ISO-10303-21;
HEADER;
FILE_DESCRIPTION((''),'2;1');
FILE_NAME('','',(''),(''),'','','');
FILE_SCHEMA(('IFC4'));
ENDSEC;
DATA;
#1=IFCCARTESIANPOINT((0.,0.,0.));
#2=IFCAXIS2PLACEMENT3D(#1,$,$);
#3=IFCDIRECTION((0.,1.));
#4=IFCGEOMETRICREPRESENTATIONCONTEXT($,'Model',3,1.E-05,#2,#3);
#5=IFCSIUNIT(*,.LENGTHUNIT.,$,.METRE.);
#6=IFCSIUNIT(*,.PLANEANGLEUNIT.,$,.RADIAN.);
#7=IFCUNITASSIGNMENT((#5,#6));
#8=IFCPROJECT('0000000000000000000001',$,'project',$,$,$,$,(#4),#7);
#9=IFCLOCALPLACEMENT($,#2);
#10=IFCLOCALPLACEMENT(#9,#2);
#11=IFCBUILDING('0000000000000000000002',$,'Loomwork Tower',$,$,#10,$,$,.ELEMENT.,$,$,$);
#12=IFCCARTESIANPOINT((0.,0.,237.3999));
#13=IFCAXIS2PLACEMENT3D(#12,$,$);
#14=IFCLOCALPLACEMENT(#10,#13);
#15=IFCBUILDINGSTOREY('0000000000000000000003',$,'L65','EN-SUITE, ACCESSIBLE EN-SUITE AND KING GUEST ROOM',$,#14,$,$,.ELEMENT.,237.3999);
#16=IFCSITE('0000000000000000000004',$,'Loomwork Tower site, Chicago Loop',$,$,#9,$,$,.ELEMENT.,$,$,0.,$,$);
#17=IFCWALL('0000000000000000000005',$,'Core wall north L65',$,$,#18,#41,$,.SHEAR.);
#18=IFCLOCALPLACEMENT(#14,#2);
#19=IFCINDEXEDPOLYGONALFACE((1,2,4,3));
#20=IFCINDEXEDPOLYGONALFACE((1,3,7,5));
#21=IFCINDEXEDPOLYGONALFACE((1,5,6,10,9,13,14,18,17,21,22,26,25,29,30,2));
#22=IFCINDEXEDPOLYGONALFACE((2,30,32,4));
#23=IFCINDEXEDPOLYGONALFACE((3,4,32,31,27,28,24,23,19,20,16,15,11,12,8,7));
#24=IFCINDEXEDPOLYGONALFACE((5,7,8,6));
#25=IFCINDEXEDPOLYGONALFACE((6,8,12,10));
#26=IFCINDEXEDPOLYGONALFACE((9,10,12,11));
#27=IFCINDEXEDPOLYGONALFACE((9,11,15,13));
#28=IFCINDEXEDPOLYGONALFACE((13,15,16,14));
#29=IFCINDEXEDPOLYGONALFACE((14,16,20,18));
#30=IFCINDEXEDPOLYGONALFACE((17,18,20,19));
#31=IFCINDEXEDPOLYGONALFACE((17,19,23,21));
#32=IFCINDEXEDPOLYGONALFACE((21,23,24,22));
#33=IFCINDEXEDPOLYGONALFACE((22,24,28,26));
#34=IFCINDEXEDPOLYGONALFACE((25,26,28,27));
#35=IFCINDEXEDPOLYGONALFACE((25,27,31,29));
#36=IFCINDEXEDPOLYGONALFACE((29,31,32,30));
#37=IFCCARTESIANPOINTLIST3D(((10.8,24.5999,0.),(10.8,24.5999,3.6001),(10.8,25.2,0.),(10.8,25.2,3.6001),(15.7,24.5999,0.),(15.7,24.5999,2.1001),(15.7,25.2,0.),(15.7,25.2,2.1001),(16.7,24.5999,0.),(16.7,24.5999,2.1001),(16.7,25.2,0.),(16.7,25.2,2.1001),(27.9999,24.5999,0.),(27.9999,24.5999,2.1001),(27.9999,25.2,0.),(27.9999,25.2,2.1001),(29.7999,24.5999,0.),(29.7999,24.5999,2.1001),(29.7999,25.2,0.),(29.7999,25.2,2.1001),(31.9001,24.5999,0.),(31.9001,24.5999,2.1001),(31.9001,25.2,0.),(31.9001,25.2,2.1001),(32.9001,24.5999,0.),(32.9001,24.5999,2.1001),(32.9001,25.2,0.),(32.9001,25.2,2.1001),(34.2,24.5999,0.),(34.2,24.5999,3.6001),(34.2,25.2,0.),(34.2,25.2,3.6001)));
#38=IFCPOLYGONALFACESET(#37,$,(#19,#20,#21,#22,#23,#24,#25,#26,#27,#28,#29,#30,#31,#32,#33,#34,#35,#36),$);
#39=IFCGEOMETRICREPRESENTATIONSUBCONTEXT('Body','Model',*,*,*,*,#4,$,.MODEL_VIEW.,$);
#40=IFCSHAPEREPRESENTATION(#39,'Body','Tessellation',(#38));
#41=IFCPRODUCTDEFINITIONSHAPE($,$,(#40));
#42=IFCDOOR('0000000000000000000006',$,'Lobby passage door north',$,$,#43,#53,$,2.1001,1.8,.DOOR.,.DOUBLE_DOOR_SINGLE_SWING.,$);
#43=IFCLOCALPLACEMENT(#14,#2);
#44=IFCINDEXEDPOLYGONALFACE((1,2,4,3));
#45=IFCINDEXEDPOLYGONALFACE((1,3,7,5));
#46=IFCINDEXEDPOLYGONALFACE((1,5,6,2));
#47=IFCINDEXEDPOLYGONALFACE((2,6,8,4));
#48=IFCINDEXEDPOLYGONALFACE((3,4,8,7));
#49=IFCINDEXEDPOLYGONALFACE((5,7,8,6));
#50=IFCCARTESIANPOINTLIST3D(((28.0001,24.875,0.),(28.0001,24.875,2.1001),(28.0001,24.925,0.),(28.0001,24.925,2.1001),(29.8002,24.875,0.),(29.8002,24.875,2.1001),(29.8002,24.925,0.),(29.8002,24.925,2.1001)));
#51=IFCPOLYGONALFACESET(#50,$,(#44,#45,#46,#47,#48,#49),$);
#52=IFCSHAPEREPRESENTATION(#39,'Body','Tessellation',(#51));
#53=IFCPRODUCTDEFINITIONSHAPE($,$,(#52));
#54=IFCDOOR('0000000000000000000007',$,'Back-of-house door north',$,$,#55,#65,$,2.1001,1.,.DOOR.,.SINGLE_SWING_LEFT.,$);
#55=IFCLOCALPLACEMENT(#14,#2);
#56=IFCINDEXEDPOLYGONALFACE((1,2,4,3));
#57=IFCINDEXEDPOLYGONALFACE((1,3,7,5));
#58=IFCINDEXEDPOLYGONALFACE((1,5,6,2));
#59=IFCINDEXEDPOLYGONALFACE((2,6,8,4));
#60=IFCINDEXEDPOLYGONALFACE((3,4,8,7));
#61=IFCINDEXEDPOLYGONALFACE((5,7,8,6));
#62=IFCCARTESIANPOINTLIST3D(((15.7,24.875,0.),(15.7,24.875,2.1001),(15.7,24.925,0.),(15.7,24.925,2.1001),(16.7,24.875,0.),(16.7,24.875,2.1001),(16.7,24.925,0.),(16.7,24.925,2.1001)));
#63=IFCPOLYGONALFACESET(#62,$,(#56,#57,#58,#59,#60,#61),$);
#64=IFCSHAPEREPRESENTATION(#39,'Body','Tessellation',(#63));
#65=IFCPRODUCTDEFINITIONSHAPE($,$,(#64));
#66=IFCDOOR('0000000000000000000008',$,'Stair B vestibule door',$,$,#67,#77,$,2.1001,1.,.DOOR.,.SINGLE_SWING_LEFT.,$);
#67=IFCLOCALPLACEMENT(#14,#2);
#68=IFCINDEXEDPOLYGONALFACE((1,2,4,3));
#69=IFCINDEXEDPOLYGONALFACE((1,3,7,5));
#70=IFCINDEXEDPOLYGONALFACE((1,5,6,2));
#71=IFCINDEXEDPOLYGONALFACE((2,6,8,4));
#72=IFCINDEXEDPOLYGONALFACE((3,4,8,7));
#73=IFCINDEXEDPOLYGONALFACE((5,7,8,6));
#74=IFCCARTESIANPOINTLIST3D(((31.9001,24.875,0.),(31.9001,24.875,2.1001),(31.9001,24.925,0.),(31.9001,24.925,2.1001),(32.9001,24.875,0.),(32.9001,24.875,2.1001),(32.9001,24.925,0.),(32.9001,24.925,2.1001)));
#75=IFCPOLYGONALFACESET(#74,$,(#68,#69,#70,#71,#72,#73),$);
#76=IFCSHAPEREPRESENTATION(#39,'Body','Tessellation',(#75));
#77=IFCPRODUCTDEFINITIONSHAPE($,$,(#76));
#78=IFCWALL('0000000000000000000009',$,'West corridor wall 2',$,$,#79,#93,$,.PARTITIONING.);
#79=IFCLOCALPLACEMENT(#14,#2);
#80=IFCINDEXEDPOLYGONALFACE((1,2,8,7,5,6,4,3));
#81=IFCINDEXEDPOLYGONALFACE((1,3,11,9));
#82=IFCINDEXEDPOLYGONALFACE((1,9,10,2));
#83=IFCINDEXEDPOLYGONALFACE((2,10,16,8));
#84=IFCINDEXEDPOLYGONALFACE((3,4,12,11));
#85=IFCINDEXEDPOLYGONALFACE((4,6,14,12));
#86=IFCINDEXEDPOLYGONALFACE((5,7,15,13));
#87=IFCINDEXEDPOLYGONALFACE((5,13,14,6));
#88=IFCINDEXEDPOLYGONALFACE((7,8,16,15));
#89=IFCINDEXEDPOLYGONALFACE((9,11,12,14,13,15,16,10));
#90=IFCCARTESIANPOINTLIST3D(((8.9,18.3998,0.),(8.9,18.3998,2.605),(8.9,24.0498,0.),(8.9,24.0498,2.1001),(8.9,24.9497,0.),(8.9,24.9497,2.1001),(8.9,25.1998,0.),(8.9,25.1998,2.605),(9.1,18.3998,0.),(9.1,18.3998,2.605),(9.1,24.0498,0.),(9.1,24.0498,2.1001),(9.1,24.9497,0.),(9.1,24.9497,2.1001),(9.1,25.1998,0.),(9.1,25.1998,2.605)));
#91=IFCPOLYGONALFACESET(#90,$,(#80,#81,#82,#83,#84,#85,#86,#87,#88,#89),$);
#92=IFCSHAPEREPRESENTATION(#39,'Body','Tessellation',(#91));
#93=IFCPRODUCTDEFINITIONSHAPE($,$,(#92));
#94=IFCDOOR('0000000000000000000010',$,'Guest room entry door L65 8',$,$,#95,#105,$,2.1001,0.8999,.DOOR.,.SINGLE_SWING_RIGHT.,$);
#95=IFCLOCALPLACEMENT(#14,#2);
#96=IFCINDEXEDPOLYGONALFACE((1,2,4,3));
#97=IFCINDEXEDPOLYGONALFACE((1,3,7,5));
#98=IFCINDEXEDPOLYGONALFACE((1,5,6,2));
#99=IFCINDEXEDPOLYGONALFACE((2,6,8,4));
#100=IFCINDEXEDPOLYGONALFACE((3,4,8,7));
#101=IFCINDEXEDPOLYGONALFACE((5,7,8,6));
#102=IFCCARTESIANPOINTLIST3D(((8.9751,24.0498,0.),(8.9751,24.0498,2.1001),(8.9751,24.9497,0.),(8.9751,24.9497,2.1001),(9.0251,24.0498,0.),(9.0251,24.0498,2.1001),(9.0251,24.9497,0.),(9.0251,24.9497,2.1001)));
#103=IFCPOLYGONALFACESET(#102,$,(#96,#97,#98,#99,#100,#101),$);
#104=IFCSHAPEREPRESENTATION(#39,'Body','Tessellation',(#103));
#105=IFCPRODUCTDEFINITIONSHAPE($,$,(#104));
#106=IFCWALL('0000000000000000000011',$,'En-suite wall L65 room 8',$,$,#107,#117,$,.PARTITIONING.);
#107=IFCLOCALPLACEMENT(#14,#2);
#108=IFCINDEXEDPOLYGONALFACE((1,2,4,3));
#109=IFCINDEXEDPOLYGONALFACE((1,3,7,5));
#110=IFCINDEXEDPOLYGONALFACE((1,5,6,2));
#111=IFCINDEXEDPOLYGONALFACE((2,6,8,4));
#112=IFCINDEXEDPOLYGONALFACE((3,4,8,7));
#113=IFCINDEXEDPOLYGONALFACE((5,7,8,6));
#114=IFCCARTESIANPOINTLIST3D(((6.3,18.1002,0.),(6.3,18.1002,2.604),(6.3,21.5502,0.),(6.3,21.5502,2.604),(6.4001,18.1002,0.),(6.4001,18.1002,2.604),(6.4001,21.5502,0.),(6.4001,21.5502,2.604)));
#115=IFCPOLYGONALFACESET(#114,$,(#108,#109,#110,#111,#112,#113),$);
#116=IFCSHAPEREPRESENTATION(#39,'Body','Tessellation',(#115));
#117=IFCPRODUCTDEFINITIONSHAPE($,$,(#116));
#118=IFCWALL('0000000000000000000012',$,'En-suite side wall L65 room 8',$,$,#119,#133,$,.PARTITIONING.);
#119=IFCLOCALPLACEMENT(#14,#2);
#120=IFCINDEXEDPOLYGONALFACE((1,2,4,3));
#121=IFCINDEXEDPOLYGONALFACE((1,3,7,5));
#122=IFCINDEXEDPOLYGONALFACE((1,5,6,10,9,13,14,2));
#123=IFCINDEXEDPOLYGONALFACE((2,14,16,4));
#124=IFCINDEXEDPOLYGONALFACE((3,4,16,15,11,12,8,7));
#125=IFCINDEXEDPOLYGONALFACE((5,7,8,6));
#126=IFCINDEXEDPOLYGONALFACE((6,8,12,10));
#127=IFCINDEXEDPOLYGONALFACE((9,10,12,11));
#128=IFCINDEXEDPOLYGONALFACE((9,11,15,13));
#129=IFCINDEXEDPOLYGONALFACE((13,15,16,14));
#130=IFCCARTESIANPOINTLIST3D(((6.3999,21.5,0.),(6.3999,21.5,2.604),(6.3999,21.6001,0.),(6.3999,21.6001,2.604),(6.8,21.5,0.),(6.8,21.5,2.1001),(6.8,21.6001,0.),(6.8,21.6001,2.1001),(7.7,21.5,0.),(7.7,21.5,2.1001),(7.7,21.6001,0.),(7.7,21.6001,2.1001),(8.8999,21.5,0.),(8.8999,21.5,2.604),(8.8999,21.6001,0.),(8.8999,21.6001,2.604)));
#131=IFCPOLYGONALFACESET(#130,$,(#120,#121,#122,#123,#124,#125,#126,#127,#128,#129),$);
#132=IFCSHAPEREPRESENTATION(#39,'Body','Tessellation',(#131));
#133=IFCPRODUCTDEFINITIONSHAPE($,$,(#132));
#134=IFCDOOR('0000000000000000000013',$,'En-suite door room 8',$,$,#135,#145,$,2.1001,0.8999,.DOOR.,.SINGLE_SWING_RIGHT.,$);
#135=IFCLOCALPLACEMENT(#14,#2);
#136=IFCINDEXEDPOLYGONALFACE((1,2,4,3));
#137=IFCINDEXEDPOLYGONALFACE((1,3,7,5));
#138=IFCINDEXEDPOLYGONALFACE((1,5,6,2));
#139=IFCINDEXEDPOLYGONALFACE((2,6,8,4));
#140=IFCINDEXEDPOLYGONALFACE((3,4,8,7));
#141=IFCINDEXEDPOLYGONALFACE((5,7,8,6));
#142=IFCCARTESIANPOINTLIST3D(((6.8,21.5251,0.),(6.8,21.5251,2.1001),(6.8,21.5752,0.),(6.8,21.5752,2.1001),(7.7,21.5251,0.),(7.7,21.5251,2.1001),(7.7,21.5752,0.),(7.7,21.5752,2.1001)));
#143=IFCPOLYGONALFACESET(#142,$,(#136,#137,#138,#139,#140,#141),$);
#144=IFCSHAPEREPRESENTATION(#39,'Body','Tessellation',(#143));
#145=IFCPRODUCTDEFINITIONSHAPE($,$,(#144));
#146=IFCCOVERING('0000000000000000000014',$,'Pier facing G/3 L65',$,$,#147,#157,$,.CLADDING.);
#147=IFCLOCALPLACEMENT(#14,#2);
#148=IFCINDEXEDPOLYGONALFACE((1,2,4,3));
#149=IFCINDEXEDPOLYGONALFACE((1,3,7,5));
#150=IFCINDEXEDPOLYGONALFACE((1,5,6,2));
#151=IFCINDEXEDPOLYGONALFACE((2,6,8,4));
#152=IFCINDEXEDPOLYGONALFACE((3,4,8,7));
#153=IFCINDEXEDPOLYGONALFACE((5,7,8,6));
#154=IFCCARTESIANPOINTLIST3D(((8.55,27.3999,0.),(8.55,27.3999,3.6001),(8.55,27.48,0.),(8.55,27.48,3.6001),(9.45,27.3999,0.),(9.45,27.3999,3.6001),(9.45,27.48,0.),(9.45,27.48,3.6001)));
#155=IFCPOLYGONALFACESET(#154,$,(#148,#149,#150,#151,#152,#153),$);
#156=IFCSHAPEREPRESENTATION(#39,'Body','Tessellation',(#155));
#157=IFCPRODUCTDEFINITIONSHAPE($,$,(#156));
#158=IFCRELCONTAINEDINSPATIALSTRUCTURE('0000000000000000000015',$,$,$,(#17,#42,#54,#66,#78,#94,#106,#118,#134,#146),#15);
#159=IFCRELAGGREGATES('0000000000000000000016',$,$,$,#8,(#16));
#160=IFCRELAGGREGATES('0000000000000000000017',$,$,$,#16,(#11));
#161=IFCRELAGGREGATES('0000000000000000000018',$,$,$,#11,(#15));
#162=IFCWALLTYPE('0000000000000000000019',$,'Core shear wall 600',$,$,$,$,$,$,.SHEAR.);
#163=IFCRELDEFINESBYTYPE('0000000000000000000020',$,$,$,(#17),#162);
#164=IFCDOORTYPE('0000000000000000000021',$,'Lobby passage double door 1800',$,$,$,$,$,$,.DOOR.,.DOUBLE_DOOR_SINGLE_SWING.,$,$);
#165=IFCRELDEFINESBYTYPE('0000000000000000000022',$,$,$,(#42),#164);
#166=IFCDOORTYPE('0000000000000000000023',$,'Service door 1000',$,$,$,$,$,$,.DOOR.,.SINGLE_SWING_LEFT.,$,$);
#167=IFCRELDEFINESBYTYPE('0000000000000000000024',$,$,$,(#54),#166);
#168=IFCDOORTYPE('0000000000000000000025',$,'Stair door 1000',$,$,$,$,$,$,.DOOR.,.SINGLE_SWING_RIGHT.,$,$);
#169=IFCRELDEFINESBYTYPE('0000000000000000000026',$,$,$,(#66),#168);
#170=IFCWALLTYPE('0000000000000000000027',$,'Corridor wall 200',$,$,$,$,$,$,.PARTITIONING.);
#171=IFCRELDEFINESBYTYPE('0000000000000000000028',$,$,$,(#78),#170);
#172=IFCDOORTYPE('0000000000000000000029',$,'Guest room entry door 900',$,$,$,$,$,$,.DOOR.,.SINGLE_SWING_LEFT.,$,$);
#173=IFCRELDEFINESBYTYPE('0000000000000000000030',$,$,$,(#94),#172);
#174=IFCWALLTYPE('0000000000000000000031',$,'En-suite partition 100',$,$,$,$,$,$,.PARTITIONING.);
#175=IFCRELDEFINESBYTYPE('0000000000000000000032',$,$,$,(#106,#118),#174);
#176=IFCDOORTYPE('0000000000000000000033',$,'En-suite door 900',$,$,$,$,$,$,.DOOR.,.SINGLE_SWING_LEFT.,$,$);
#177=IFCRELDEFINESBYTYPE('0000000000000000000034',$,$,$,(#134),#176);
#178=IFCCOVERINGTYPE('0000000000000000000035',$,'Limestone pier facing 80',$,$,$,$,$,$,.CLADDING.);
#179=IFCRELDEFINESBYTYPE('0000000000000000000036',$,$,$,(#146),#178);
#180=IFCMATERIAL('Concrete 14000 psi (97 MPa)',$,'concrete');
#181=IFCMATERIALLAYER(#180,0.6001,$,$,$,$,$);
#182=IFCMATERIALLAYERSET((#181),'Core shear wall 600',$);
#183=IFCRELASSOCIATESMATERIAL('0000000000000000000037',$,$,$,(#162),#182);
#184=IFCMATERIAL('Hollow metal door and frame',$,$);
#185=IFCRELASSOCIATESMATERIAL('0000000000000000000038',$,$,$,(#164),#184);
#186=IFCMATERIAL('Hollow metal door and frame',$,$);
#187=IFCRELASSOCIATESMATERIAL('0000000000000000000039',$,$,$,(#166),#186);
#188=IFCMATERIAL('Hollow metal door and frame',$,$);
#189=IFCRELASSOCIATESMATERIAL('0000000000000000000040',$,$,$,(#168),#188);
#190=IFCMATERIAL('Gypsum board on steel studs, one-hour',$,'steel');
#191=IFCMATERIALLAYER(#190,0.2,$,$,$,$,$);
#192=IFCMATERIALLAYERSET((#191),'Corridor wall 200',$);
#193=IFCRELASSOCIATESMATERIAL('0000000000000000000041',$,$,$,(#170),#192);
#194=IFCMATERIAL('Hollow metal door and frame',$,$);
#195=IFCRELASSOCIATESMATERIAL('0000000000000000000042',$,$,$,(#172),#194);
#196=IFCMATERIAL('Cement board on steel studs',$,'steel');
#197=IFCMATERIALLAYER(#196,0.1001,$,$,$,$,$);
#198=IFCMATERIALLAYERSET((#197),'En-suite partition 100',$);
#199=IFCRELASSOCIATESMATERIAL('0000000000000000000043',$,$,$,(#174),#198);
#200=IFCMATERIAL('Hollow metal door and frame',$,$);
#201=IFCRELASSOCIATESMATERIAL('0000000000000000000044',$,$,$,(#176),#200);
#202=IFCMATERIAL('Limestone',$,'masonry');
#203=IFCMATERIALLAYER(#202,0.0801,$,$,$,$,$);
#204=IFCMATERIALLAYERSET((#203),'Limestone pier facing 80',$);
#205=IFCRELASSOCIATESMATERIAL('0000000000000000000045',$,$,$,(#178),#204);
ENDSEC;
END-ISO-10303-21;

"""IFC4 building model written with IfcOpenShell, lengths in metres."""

from ifc_helpers import new_model, si_unit, direction, frame, frame_2d, origin, origin_2d, place, context, subcontext, project, spatial, rectangle, extrude, material, layer, layer_set, type_object, element, fill, save


model = new_model("IFC4")

# Units and contexts
model_context = context("Model", 3, precision=1e-05, world=origin(), true_north=direction((0.0, 1.0)))
body_context = subcontext(model_context, "Body", "Model", "MODEL_VIEW")
ifc_project = project(units=[si_unit("LENGTHUNIT", "METRE"), si_unit("PLANEANGLEUNIT", "RADIAN")], contexts=[model_context])

# Site, building, storey
site_placement = place(None, origin())
site = spatial("IfcSite", under=ifc_project, at=site_placement, Name="Loomwork Tower site, Chicago Loop", CompositionType="ELEMENT", RefElevation=0.0)
building_placement = place(site_placement, origin())
building = spatial("IfcBuilding", under=site, at=building_placement, Name="Loomwork Tower", CompositionType="ELEMENT")
storey_placement = place(building_placement, frame((0.0, 0.0, 237.3999)))
storey = spatial("IfcBuildingStorey", under=building, at=storey_placement, Name="L65", Description="EN-SUITE, ACCESSIBLE EN-SUITE AND KING GUEST ROOM", CompositionType="ELEMENT", Elevation=237.3999)

# Wall, openings, doors
ifc_material_1 = material(Name="Concrete 14000 psi (97 MPa)", Category="concrete")
ifc_layer_1 = layer(ifc_material_1, 0.6001)
ifc_layer_set_1 = layer_set([ifc_layer_1], Name="Core shear wall 600")
wall_type_1 = type_object("IfcWallType", Name="Core shear wall 600", PredefinedType="SHEAR", material=ifc_layer_set_1)
wall_1_placement = place(storey_placement, frame((10.8, 24.8999, 0.0), z_axis=(0.0, 0.0, 1.0), x_axis=(1.0, 0.0, 0.0)))
wall_1 = element("IfcWall", 1, at=wall_1_placement, inside=storey, type_object=wall_type_1, Name="Core wall north L65", PredefinedType="SHEAR", context=body_context, shape_type="SweptSolid", body=[
    extrude(rectangle(XDim=23.3999, YDim=0.6001, at=frame_2d((11.7, 0.0))), origin(), (0.0, 0.0, 1.0), 3.6001),
])
opening_1_placement = place(wall_1_placement, frame((17.2, 0.0, 0.0)))
opening_1 = element("IfcOpeningElement", 2, at=opening_1_placement, cuts=wall_1, PredefinedType="OPENING", context=body_context, shape_type="SweptSolid", body=[
    extrude(rectangle(XDim=1.8, YDim=2.1001, at=frame_2d((0.8999, 1.05))), frame((0.0, 0.3101, 0.0), z_axis=(0.0, -1.0, 0.0), x_axis=(1.0, 0.0, 0.0)), (0.0, 0.0, 1.0), 0.6201),
])
opening_2_placement = place(wall_1_placement, frame((21.1001, 0.0, 0.0)))
opening_2 = element("IfcOpeningElement", 3, at=opening_2_placement, cuts=wall_1, PredefinedType="OPENING", context=body_context, shape_type="SweptSolid", body=[
    extrude(rectangle(XDim=1.0, YDim=2.1001, at=frame_2d((0.5, 1.05))), frame((0.0, 0.3101, 0.0), z_axis=(0.0, -1.0, 0.0), x_axis=(1.0, 0.0, 0.0)), (0.0, 0.0, 1.0), 0.6201),
])
opening_3_placement = place(wall_1_placement, frame((4.8999, 0.0, 0.0)))
opening_3 = element("IfcOpeningElement", 4, at=opening_3_placement, cuts=wall_1, PredefinedType="OPENING", context=body_context, shape_type="SweptSolid", body=[
    extrude(rectangle(XDim=1.0, YDim=2.1001, at=frame_2d((0.5, 1.05))), frame((0.0, 0.3101, 0.0), z_axis=(0.0, -1.0, 0.0), x_axis=(1.0, 0.0, 0.0)), (0.0, 0.0, 1.0), 0.6201),
])
ifc_material_2 = material(Name="Hollow metal door and frame")
door_type_1 = type_object("IfcDoorType", Name="Lobby passage double door 1800", OperationType="DOUBLE_DOOR_SINGLE_SWING", PredefinedType="DOOR", material=ifc_material_2)
door_1_placement = place(opening_1_placement, frame((1.8, 0.0, 0.0), z_axis=(0.0, 0.0, 1.0), x_axis=(-1.0, 0.0, 0.0)))
door_1 = element("IfcDoor", 5, at=door_1_placement, inside=storey, type_object=door_type_1, Name="Lobby passage door north", OperationType="DOUBLE_DOOR_SINGLE_SWING", OverallHeight=2.1001, OverallWidth=1.8, PredefinedType="DOOR", context=body_context, shape_type="SweptSolid", body=[
    extrude(rectangle(XDim=1.8, YDim=2.1001, at=frame_2d((0.8999, 1.05))), frame((0.0, 0.0249, 0.0), z_axis=(0.0, -1.0, 0.0), x_axis=(1.0, 0.0, 0.0)), (0.0, 0.0, 1.0), 0.05),
])
fill(opening_1, door_1)
ifc_material_3 = material(Name="Hollow metal door and frame")
door_type_2 = type_object("IfcDoorType", Name="Service door 1000", OperationType="SINGLE_SWING_LEFT", PredefinedType="DOOR", material=ifc_material_3)
door_2_placement = place(opening_3_placement, frame((1.0, 0.0, 0.0), z_axis=(0.0, 0.0, 1.0), x_axis=(-1.0, 0.0, 0.0)))
door_2 = element("IfcDoor", 6, at=door_2_placement, inside=storey, type_object=door_type_2, Name="Back-of-house door north", OperationType="SINGLE_SWING_LEFT", OverallHeight=2.1001, OverallWidth=1.0, PredefinedType="DOOR", context=body_context, shape_type="SweptSolid", body=[
    extrude(rectangle(XDim=1.0, YDim=2.1001, at=frame_2d((0.5, 1.05))), frame((0.0, 0.0249, 0.0), z_axis=(0.0, -1.0, 0.0), x_axis=(1.0, 0.0, 0.0)), (0.0, 0.0, 1.0), 0.05),
])
fill(opening_3, door_2)
ifc_material_4 = material(Name="Hollow metal door and frame")
door_type_3 = type_object("IfcDoorType", Name="Stair door 1000", OperationType="SINGLE_SWING_RIGHT", PredefinedType="DOOR", material=ifc_material_4)
door_3_placement = place(opening_2_placement, frame((1.0, 0.0, 0.0), z_axis=(0.0, 0.0, 1.0), x_axis=(-1.0, 0.0, 0.0)))
door_3 = element("IfcDoor", 7, at=door_3_placement, inside=storey, type_object=door_type_3, Name="Stair B vestibule door", OperationType="SINGLE_SWING_LEFT", OverallHeight=2.1001, OverallWidth=1.0, PredefinedType="DOOR", context=body_context, shape_type="SweptSolid", body=[
    extrude(rectangle(XDim=1.0, YDim=2.1001, at=frame_2d((0.5, 1.05))), frame((0.0, 0.0249, 0.0), z_axis=(0.0, -1.0, 0.0), x_axis=(1.0, 0.0, 0.0)), (0.0, 0.0, 1.0), 0.05),
])
fill(opening_2, door_3)

# Wall, opening, door
ifc_material_5 = material(Name="Gypsum board on steel studs, one-hour", Category="steel")
ifc_layer_2 = layer(ifc_material_5, 0.2)
ifc_layer_set_2 = layer_set([ifc_layer_2], Name="Corridor wall 200")
wall_type_2 = type_object("IfcWallType", Name="Corridor wall 200", PredefinedType="PARTITIONING", material=ifc_layer_set_2)
wall_2_placement = place(storey_placement, frame((9.0, 18.3999, 0.0), z_axis=(0.0, 0.0, 1.0), x_axis=(0.0, 1.0, 0.0)))
wall_2 = element("IfcWall", 8, at=wall_2_placement, inside=storey, type_object=wall_type_2, Name="West corridor wall 2", PredefinedType="PARTITIONING", context=body_context, shape_type="SweptSolid", body=[
    extrude(rectangle(XDim=6.8, YDim=0.2, at=frame_2d((3.3999, 0.0))), origin(), (0.0, 0.0, 1.0), 2.605),
])
opening_4_placement = place(wall_2_placement, frame((5.6499, 0.0, 0.0)))
opening_4 = element("IfcOpeningElement", 9, at=opening_4_placement, cuts=wall_2, PredefinedType="OPENING", context=body_context, shape_type="SweptSolid", body=[
    extrude(rectangle(XDim=0.8999, YDim=2.1001, at=frame_2d((0.45, 1.05))), frame((0.0, 0.1099, 0.0), z_axis=(0.0, -1.0, 0.0), x_axis=(1.0, 0.0, 0.0)), (0.0, 0.0, 1.0), 0.22),
])
ifc_material_6 = material(Name="Hollow metal door and frame")
door_type_4 = type_object("IfcDoorType", Name="Guest room entry door 900", OperationType="SINGLE_SWING_LEFT", PredefinedType="DOOR", material=ifc_material_6)
door_4_placement = place(opening_4_placement, origin())
door_4 = element("IfcDoor", 10, at=door_4_placement, inside=storey, type_object=door_type_4, Name="Guest room entry door L65 8", OperationType="SINGLE_SWING_RIGHT", OverallHeight=2.1001, OverallWidth=0.8999, PredefinedType="DOOR", context=body_context, shape_type="SweptSolid", body=[
    extrude(rectangle(XDim=0.8999, YDim=2.1001, at=frame_2d((0.45, 1.05))), frame((0.0, 0.0249, 0.0), z_axis=(0.0, -1.0, 0.0), x_axis=(1.0, 0.0, 0.0)), (0.0, 0.0, 1.0), 0.05),
])
fill(opening_4, door_4)

# Wall
ifc_material_7 = material(Name="Cement board on steel studs", Category="steel")
ifc_layer_3 = layer(ifc_material_7, 0.1001)
ifc_layer_set_3 = layer_set([ifc_layer_3], Name="En-suite partition 100")
wall_type_3 = type_object("IfcWallType", Name="En-suite partition 100", PredefinedType="PARTITIONING", material=ifc_layer_set_3)
wall_3_placement = place(storey_placement, frame((6.3501, 18.1001, 0.0), z_axis=(0.0, 0.0, 1.0), x_axis=(0.0, 1.0, 0.0)))
element("IfcWall", 11, at=wall_3_placement, inside=storey, type_object=wall_type_3, Name="En-suite wall L65 room 8", PredefinedType="PARTITIONING", context=body_context, shape_type="SweptSolid", body=[
    extrude(rectangle(XDim=3.45, YDim=0.1001, at=frame_2d((1.7251, 0.0))), origin(), (0.0, 0.0, 1.0), 2.604),
])

# Wall, opening, door
wall_4_placement = place(storey_placement, frame((8.8999, 21.55, 0.0), z_axis=(0.0, 0.0, 1.0), x_axis=(-1.0, 0.0, 0.0)))
wall_4 = element("IfcWall", 12, at=wall_4_placement, inside=storey, type_object=wall_type_3, Name="En-suite side wall L65 room 8", PredefinedType="PARTITIONING", context=body_context, shape_type="SweptSolid", body=[
    extrude(rectangle(XDim=2.5, YDim=0.1001, at=frame_2d((1.25, 0.0))), origin(), (0.0, 0.0, 1.0), 2.604),
])
opening_5_placement = place(wall_4_placement, frame((1.2, 0.0, 0.0)))
opening_5 = element("IfcOpeningElement", 13, at=opening_5_placement, cuts=wall_4, PredefinedType="OPENING", context=body_context, shape_type="SweptSolid", body=[
    extrude(rectangle(XDim=0.8999, YDim=2.1001, at=frame_2d((0.45, 1.05))), frame((0.0, 0.0601, 0.0), z_axis=(0.0, -1.0, 0.0), x_axis=(1.0, 0.0, 0.0)), (0.0, 0.0, 1.0), 0.1201),
])
ifc_material_8 = material(Name="Hollow metal door and frame")
door_type_5 = type_object("IfcDoorType", Name="En-suite door 900", OperationType="SINGLE_SWING_LEFT", PredefinedType="DOOR", material=ifc_material_8)
door_5_placement = place(opening_5_placement, origin())
door_5 = element("IfcDoor", 14, at=door_5_placement, inside=storey, type_object=door_type_5, Name="En-suite door room 8", OperationType="SINGLE_SWING_RIGHT", OverallHeight=2.1001, OverallWidth=0.8999, PredefinedType="DOOR", context=body_context, shape_type="SweptSolid", body=[
    extrude(rectangle(XDim=0.8999, YDim=2.1001, at=frame_2d((0.45, 1.05))), frame((0.0, 0.0249, 0.0), z_axis=(0.0, -1.0, 0.0), x_axis=(1.0, 0.0, 0.0)), (0.0, 0.0, 1.0), 0.05),
])
fill(opening_5, door_5)

# Covering
ifc_material_9 = material(Name="Limestone", Category="masonry")
ifc_layer_4 = layer(ifc_material_9, 0.0801)
ifc_layer_set_4 = layer_set([ifc_layer_4], Name="Limestone pier facing 80")
covering_type = type_object("IfcCoveringType", Name="Limestone pier facing 80", PredefinedType="CLADDING", material=ifc_layer_set_4)
covering_placement = place(storey_placement, frame((9.0, 27.4399, 0.0), z_axis=(0.0, 0.0, 1.0), x_axis=(1.0, 0.0, 0.0)))
element("IfcCovering", 15, at=covering_placement, inside=storey, type_object=covering_type, Name="Pier facing G/3 L65", PredefinedType="CLADDING", context=body_context, shape_type="SweptSolid", body=[
    extrude(rectangle(XDim=0.8999, YDim=0.0801, at=origin_2d()), origin(), (0.0, 0.0, 1.0), 3.6001),
])

save(model, "model.ifc")
